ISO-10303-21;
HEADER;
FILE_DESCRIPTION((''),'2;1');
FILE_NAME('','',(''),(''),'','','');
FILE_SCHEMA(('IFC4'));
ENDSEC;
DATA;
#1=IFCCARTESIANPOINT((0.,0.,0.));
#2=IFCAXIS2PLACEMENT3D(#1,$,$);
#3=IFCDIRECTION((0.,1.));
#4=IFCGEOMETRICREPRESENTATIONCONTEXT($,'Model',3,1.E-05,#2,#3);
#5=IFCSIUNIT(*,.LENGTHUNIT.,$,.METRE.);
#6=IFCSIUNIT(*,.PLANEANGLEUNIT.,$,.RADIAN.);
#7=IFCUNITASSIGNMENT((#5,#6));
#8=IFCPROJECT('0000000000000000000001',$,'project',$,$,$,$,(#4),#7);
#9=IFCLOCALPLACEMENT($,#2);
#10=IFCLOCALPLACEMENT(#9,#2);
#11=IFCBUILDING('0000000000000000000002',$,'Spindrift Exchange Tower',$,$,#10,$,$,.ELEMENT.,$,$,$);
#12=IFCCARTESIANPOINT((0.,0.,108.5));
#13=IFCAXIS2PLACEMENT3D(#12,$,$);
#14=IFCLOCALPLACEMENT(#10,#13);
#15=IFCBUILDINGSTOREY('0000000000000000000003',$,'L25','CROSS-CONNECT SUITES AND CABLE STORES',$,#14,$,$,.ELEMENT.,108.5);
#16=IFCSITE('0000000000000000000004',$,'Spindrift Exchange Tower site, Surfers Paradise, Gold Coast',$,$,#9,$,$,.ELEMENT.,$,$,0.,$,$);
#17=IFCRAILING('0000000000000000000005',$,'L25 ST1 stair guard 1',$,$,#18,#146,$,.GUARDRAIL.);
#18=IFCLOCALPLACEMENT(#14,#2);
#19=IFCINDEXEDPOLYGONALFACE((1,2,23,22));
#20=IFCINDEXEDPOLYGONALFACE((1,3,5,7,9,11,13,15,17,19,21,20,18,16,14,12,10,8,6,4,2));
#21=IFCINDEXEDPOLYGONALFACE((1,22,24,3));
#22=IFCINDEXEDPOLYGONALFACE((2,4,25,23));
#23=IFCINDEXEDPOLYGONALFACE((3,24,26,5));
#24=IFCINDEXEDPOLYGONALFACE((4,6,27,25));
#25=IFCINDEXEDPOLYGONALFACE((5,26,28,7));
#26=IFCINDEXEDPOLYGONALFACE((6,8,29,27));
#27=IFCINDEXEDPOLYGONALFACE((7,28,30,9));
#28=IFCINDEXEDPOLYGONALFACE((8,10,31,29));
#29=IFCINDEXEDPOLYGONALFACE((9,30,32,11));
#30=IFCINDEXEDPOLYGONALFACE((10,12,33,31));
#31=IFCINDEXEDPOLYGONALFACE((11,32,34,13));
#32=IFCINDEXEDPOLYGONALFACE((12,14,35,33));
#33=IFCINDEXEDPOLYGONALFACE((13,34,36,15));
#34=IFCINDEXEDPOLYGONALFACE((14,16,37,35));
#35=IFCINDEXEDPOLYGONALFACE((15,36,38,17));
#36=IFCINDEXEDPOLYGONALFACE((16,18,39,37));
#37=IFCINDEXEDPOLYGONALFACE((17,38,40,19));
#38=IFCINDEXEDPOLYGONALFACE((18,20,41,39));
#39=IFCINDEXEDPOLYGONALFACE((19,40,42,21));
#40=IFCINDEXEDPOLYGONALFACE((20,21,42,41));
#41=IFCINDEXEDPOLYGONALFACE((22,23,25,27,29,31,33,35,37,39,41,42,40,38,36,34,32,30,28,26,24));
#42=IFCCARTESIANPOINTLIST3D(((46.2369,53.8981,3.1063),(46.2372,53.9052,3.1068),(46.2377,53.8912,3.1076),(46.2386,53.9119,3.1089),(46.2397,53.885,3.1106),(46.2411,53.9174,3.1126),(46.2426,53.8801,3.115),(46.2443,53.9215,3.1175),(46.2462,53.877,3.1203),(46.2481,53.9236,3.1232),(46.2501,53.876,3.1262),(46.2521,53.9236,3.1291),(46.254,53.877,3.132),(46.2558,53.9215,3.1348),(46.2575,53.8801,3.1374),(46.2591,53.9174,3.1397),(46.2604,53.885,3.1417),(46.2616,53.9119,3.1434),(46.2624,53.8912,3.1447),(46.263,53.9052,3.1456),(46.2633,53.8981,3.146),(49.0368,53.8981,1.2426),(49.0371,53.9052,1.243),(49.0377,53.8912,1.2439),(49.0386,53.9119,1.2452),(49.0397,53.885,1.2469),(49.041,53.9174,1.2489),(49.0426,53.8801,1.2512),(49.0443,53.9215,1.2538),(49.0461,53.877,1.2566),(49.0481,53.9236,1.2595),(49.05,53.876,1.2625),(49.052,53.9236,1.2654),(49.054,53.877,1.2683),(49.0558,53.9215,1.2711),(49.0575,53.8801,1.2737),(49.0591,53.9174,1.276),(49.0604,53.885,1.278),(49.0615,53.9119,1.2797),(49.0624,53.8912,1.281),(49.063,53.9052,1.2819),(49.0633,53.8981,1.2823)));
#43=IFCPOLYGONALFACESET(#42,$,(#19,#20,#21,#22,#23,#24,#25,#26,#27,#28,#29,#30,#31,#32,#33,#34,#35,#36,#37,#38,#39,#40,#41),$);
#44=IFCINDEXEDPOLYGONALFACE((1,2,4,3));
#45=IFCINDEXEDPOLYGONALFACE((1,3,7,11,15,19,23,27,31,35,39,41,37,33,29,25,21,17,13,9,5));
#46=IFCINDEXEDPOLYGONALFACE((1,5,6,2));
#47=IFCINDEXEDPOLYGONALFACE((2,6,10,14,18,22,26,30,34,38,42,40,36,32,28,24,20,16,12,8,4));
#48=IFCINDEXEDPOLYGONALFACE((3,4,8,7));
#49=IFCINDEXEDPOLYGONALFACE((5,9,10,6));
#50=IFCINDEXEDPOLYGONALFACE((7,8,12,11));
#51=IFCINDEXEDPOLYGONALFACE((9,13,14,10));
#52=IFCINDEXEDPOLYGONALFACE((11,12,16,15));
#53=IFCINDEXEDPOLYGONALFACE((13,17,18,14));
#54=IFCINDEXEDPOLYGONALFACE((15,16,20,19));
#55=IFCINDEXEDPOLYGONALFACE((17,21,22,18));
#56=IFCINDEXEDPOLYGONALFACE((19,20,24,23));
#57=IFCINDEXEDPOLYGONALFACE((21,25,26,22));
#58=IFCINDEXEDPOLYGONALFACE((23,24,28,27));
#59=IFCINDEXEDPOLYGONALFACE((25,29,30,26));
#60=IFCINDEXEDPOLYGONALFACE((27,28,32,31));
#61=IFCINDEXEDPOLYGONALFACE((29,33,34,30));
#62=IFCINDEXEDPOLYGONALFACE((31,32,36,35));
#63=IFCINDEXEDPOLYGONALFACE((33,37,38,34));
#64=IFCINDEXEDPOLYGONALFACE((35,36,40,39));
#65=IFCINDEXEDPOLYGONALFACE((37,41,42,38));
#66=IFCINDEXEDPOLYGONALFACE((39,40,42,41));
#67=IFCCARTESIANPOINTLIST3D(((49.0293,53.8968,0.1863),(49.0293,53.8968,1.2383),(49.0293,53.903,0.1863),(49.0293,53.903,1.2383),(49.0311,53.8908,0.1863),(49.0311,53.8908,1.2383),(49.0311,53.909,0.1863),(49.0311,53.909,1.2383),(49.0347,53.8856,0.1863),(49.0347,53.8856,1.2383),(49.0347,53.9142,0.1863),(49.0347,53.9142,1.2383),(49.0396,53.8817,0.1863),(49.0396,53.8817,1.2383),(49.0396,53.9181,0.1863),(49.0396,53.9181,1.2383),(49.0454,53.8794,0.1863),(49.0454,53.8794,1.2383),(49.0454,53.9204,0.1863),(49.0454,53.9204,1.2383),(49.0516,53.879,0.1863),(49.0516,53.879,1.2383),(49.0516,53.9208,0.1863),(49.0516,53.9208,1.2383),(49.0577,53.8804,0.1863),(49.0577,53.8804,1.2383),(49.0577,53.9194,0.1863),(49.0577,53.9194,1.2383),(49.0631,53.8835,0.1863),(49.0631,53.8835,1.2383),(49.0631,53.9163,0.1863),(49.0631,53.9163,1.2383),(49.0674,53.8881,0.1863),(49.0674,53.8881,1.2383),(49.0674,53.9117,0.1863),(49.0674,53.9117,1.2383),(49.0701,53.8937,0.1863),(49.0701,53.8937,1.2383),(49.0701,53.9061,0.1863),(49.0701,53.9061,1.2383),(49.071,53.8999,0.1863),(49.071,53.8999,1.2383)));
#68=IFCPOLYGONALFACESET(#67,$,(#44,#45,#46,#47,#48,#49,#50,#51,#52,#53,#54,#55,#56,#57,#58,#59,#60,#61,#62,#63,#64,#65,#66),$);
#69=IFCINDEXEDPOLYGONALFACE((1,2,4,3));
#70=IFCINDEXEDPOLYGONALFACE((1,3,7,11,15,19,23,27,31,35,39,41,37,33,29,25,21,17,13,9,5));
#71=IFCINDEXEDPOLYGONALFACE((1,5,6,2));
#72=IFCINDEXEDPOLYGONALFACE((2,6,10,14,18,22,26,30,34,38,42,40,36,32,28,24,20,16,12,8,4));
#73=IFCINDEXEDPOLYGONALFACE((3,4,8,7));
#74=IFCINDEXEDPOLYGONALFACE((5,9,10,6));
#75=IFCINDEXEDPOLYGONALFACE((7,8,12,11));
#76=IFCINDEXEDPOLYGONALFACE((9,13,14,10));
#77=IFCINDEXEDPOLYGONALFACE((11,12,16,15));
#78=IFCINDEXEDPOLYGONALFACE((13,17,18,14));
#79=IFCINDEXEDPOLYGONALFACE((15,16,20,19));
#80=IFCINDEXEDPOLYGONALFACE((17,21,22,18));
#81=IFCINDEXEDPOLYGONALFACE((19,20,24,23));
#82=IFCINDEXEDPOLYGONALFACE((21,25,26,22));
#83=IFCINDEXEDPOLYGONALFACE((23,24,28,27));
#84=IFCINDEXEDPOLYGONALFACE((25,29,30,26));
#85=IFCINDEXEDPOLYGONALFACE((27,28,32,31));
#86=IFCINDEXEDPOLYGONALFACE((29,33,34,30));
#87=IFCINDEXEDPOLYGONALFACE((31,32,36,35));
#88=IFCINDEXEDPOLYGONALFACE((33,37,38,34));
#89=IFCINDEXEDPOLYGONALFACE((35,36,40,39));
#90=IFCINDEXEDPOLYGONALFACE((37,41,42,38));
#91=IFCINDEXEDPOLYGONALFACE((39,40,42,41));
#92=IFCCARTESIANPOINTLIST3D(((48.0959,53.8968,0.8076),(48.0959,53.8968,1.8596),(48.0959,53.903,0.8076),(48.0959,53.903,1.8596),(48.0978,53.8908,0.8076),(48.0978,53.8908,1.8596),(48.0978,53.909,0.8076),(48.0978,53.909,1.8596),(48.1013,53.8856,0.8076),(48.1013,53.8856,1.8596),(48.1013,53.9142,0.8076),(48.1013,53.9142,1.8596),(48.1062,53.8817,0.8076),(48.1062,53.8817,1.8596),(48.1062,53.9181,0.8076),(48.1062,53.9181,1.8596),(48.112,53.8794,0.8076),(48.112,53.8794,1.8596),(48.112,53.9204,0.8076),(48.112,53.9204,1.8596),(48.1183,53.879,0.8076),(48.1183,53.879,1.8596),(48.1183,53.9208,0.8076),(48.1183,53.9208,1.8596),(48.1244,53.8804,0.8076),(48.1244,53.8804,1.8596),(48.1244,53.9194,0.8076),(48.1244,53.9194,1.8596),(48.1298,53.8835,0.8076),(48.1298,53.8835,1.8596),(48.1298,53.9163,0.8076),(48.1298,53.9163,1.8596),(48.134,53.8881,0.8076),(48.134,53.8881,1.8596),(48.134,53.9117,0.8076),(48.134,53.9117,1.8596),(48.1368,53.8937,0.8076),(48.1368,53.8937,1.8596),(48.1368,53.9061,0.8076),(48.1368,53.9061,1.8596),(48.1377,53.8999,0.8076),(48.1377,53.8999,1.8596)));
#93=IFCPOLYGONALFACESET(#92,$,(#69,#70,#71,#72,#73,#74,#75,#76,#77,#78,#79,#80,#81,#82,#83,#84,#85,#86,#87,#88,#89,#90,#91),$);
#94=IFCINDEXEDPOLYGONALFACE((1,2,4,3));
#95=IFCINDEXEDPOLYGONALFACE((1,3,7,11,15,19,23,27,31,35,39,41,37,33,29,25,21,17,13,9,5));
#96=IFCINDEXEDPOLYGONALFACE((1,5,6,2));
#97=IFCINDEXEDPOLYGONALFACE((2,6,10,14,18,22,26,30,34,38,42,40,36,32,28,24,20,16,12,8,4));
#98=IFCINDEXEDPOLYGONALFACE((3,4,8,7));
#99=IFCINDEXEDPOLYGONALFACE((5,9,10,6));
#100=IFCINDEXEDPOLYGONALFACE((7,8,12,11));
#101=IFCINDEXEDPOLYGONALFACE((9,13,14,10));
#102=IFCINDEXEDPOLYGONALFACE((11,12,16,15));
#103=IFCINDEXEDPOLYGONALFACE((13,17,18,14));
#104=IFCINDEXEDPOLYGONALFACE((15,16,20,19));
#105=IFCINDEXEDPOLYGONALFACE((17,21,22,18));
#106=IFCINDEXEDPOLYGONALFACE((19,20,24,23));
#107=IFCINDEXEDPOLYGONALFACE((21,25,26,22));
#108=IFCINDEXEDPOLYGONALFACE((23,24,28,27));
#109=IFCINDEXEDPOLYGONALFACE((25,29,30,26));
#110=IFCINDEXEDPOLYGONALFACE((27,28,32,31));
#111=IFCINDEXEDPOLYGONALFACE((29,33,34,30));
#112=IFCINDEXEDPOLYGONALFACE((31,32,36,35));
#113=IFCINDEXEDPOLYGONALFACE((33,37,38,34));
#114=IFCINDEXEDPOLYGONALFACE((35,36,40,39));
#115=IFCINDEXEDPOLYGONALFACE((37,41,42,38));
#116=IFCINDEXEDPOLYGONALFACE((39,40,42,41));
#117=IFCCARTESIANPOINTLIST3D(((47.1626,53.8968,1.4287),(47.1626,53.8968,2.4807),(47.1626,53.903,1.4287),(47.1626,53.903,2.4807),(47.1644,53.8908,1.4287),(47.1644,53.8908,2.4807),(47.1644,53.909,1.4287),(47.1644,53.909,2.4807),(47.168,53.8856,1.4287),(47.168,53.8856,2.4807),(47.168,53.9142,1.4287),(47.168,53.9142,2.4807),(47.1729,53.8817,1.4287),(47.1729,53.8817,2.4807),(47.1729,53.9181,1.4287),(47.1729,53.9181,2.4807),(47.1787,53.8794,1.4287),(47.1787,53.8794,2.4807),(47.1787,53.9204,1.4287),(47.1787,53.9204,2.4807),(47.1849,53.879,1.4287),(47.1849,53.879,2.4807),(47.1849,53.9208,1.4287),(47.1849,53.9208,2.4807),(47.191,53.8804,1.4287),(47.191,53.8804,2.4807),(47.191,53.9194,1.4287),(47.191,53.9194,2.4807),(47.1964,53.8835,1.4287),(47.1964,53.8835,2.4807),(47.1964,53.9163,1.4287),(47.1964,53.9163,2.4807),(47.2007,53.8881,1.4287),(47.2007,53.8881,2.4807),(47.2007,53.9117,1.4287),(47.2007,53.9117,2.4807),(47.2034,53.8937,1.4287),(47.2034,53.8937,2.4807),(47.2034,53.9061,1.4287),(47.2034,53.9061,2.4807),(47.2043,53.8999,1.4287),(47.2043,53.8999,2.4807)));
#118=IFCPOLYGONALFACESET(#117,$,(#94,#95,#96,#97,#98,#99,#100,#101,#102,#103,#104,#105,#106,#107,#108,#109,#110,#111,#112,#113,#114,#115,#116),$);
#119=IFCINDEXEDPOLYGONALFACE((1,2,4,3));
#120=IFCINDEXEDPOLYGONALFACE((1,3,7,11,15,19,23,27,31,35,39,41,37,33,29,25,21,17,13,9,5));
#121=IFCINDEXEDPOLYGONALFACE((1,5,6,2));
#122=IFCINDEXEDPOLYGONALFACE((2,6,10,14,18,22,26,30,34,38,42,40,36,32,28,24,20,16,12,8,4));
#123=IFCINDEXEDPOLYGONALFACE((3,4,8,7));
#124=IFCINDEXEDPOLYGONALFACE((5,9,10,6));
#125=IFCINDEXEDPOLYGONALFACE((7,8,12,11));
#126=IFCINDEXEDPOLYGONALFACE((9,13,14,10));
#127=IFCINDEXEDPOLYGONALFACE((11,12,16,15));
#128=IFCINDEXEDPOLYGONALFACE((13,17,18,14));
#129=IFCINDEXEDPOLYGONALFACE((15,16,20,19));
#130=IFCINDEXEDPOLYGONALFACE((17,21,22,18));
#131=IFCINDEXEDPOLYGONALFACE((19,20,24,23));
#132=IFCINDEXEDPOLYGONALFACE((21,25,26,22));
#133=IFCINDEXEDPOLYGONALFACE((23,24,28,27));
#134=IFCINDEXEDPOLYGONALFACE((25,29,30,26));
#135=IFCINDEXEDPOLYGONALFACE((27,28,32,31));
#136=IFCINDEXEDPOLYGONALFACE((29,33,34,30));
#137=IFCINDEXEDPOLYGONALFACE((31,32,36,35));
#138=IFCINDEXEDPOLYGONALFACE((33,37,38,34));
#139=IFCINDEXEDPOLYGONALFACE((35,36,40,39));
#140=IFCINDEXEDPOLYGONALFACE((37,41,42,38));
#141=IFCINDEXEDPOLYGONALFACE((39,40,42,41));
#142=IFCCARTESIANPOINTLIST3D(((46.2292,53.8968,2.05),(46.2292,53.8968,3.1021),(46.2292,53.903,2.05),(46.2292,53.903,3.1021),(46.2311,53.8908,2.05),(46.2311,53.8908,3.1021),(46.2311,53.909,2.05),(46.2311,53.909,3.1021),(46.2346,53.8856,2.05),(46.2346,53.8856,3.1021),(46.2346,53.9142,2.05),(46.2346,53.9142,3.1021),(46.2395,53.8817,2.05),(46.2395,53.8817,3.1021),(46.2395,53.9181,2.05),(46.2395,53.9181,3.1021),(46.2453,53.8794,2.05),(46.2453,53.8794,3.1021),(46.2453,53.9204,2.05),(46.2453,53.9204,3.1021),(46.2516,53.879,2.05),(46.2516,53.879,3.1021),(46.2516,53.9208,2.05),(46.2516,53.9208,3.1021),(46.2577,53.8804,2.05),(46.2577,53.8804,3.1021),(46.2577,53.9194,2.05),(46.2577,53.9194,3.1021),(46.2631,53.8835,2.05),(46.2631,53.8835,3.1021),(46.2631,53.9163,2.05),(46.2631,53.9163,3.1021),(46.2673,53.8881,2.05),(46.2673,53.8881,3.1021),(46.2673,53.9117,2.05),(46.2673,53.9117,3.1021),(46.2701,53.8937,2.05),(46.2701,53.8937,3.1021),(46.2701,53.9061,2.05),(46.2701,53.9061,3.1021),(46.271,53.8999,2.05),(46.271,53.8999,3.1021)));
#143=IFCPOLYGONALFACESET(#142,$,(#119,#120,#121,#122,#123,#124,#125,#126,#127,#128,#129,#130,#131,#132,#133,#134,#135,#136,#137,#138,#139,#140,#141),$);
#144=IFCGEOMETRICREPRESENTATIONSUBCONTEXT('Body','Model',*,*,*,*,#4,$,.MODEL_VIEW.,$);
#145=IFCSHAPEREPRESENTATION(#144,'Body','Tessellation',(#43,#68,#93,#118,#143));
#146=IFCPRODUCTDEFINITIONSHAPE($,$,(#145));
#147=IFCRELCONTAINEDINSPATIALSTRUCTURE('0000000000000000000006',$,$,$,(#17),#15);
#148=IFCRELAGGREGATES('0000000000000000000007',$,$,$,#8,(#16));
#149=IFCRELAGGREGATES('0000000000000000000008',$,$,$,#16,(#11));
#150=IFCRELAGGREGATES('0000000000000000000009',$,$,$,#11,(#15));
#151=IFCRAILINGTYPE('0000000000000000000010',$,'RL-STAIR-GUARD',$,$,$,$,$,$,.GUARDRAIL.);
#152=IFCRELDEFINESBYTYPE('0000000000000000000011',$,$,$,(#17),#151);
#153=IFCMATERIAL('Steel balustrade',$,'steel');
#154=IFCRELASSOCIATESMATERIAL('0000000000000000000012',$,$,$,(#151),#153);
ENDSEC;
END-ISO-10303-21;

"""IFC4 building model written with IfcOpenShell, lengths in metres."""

from ifc_helpers import new_model, si_unit, direction, frame, origin, origin_2d, place, context, subcontext, project, spatial, circle, extrude, material, type_object, element, save


model = new_model("IFC4")

# Units and contexts
model_context = context("Model", 3, precision=1e-05, world=origin(), true_north=direction((0.0, 1.0)))
body_context = subcontext(model_context, "Body", "Model", "MODEL_VIEW")
ifc_project = project(units=[si_unit("LENGTHUNIT", "METRE"), si_unit("PLANEANGLEUNIT", "RADIAN")], contexts=[model_context])

# Site, building, storey
site_placement = place(None, origin())
site = spatial("IfcSite", under=ifc_project, at=site_placement, Name="Spindrift Exchange Tower site, Surfers Paradise, Gold Coast", CompositionType="ELEMENT", RefElevation=0.0)
building_placement = place(site_placement, origin())
building = spatial("IfcBuilding", under=site, at=building_placement, Name="Spindrift Exchange Tower", CompositionType="ELEMENT")
storey_placement = place(building_placement, frame((0.0, 0.0, 108.5)))
storey = spatial("IfcBuildingStorey", under=building, at=storey_placement, Name="L25", Description="CROSS-CONNECT SUITES AND CABLE STORES", CompositionType="ELEMENT", Elevation=108.5)

# Railing
ifc_material_1 = material(Name="Steel balustrade", Category="steel")
railing_type_1 = type_object("IfcRailingType", Name="RL-STAIR-GUARD", PredefinedType="GUARDRAIL", material=ifc_material_1)
railing_1_placement = place(storey_placement, frame((49.05, 53.8999, 0.1863)))
element("IfcRailing", 1, at=railing_1_placement, inside=storey, type_object=railing_type_1, Name="L25 ST1 stair guard 1", PredefinedType="GUARDRAIL", context=body_context, shape_type="SweptSolid", body=[
    extrude(circle(Radius=0.0239, at=origin_2d()), frame((0.0, 0.0, 1.0762), z_axis=(-0.832452, 0.0, 0.554097), x_axis=(0.0, -1.0, 0.0)), (0.0, 0.0, 1.0), 3.3635),
    extrude(circle(Radius=0.021, at=origin_2d()), origin(), (0.0, 0.0, 1.0), 1.052),
    extrude(circle(Radius=0.021, at=origin_2d()), frame((-0.9333, 0.0, 0.6213)), (0.0, 0.0, 1.0), 1.052),
    extrude(circle(Radius=0.021, at=origin_2d()), frame((-1.8667, 0.0, 1.2424)), (0.0, 0.0, 1.0), 1.052),
    extrude(circle(Radius=0.021, at=origin_2d()), frame((-2.8, 0.0, 1.8638)), (0.0, 0.0, 1.0), 1.052),
])

save(model, "model.ifc")
